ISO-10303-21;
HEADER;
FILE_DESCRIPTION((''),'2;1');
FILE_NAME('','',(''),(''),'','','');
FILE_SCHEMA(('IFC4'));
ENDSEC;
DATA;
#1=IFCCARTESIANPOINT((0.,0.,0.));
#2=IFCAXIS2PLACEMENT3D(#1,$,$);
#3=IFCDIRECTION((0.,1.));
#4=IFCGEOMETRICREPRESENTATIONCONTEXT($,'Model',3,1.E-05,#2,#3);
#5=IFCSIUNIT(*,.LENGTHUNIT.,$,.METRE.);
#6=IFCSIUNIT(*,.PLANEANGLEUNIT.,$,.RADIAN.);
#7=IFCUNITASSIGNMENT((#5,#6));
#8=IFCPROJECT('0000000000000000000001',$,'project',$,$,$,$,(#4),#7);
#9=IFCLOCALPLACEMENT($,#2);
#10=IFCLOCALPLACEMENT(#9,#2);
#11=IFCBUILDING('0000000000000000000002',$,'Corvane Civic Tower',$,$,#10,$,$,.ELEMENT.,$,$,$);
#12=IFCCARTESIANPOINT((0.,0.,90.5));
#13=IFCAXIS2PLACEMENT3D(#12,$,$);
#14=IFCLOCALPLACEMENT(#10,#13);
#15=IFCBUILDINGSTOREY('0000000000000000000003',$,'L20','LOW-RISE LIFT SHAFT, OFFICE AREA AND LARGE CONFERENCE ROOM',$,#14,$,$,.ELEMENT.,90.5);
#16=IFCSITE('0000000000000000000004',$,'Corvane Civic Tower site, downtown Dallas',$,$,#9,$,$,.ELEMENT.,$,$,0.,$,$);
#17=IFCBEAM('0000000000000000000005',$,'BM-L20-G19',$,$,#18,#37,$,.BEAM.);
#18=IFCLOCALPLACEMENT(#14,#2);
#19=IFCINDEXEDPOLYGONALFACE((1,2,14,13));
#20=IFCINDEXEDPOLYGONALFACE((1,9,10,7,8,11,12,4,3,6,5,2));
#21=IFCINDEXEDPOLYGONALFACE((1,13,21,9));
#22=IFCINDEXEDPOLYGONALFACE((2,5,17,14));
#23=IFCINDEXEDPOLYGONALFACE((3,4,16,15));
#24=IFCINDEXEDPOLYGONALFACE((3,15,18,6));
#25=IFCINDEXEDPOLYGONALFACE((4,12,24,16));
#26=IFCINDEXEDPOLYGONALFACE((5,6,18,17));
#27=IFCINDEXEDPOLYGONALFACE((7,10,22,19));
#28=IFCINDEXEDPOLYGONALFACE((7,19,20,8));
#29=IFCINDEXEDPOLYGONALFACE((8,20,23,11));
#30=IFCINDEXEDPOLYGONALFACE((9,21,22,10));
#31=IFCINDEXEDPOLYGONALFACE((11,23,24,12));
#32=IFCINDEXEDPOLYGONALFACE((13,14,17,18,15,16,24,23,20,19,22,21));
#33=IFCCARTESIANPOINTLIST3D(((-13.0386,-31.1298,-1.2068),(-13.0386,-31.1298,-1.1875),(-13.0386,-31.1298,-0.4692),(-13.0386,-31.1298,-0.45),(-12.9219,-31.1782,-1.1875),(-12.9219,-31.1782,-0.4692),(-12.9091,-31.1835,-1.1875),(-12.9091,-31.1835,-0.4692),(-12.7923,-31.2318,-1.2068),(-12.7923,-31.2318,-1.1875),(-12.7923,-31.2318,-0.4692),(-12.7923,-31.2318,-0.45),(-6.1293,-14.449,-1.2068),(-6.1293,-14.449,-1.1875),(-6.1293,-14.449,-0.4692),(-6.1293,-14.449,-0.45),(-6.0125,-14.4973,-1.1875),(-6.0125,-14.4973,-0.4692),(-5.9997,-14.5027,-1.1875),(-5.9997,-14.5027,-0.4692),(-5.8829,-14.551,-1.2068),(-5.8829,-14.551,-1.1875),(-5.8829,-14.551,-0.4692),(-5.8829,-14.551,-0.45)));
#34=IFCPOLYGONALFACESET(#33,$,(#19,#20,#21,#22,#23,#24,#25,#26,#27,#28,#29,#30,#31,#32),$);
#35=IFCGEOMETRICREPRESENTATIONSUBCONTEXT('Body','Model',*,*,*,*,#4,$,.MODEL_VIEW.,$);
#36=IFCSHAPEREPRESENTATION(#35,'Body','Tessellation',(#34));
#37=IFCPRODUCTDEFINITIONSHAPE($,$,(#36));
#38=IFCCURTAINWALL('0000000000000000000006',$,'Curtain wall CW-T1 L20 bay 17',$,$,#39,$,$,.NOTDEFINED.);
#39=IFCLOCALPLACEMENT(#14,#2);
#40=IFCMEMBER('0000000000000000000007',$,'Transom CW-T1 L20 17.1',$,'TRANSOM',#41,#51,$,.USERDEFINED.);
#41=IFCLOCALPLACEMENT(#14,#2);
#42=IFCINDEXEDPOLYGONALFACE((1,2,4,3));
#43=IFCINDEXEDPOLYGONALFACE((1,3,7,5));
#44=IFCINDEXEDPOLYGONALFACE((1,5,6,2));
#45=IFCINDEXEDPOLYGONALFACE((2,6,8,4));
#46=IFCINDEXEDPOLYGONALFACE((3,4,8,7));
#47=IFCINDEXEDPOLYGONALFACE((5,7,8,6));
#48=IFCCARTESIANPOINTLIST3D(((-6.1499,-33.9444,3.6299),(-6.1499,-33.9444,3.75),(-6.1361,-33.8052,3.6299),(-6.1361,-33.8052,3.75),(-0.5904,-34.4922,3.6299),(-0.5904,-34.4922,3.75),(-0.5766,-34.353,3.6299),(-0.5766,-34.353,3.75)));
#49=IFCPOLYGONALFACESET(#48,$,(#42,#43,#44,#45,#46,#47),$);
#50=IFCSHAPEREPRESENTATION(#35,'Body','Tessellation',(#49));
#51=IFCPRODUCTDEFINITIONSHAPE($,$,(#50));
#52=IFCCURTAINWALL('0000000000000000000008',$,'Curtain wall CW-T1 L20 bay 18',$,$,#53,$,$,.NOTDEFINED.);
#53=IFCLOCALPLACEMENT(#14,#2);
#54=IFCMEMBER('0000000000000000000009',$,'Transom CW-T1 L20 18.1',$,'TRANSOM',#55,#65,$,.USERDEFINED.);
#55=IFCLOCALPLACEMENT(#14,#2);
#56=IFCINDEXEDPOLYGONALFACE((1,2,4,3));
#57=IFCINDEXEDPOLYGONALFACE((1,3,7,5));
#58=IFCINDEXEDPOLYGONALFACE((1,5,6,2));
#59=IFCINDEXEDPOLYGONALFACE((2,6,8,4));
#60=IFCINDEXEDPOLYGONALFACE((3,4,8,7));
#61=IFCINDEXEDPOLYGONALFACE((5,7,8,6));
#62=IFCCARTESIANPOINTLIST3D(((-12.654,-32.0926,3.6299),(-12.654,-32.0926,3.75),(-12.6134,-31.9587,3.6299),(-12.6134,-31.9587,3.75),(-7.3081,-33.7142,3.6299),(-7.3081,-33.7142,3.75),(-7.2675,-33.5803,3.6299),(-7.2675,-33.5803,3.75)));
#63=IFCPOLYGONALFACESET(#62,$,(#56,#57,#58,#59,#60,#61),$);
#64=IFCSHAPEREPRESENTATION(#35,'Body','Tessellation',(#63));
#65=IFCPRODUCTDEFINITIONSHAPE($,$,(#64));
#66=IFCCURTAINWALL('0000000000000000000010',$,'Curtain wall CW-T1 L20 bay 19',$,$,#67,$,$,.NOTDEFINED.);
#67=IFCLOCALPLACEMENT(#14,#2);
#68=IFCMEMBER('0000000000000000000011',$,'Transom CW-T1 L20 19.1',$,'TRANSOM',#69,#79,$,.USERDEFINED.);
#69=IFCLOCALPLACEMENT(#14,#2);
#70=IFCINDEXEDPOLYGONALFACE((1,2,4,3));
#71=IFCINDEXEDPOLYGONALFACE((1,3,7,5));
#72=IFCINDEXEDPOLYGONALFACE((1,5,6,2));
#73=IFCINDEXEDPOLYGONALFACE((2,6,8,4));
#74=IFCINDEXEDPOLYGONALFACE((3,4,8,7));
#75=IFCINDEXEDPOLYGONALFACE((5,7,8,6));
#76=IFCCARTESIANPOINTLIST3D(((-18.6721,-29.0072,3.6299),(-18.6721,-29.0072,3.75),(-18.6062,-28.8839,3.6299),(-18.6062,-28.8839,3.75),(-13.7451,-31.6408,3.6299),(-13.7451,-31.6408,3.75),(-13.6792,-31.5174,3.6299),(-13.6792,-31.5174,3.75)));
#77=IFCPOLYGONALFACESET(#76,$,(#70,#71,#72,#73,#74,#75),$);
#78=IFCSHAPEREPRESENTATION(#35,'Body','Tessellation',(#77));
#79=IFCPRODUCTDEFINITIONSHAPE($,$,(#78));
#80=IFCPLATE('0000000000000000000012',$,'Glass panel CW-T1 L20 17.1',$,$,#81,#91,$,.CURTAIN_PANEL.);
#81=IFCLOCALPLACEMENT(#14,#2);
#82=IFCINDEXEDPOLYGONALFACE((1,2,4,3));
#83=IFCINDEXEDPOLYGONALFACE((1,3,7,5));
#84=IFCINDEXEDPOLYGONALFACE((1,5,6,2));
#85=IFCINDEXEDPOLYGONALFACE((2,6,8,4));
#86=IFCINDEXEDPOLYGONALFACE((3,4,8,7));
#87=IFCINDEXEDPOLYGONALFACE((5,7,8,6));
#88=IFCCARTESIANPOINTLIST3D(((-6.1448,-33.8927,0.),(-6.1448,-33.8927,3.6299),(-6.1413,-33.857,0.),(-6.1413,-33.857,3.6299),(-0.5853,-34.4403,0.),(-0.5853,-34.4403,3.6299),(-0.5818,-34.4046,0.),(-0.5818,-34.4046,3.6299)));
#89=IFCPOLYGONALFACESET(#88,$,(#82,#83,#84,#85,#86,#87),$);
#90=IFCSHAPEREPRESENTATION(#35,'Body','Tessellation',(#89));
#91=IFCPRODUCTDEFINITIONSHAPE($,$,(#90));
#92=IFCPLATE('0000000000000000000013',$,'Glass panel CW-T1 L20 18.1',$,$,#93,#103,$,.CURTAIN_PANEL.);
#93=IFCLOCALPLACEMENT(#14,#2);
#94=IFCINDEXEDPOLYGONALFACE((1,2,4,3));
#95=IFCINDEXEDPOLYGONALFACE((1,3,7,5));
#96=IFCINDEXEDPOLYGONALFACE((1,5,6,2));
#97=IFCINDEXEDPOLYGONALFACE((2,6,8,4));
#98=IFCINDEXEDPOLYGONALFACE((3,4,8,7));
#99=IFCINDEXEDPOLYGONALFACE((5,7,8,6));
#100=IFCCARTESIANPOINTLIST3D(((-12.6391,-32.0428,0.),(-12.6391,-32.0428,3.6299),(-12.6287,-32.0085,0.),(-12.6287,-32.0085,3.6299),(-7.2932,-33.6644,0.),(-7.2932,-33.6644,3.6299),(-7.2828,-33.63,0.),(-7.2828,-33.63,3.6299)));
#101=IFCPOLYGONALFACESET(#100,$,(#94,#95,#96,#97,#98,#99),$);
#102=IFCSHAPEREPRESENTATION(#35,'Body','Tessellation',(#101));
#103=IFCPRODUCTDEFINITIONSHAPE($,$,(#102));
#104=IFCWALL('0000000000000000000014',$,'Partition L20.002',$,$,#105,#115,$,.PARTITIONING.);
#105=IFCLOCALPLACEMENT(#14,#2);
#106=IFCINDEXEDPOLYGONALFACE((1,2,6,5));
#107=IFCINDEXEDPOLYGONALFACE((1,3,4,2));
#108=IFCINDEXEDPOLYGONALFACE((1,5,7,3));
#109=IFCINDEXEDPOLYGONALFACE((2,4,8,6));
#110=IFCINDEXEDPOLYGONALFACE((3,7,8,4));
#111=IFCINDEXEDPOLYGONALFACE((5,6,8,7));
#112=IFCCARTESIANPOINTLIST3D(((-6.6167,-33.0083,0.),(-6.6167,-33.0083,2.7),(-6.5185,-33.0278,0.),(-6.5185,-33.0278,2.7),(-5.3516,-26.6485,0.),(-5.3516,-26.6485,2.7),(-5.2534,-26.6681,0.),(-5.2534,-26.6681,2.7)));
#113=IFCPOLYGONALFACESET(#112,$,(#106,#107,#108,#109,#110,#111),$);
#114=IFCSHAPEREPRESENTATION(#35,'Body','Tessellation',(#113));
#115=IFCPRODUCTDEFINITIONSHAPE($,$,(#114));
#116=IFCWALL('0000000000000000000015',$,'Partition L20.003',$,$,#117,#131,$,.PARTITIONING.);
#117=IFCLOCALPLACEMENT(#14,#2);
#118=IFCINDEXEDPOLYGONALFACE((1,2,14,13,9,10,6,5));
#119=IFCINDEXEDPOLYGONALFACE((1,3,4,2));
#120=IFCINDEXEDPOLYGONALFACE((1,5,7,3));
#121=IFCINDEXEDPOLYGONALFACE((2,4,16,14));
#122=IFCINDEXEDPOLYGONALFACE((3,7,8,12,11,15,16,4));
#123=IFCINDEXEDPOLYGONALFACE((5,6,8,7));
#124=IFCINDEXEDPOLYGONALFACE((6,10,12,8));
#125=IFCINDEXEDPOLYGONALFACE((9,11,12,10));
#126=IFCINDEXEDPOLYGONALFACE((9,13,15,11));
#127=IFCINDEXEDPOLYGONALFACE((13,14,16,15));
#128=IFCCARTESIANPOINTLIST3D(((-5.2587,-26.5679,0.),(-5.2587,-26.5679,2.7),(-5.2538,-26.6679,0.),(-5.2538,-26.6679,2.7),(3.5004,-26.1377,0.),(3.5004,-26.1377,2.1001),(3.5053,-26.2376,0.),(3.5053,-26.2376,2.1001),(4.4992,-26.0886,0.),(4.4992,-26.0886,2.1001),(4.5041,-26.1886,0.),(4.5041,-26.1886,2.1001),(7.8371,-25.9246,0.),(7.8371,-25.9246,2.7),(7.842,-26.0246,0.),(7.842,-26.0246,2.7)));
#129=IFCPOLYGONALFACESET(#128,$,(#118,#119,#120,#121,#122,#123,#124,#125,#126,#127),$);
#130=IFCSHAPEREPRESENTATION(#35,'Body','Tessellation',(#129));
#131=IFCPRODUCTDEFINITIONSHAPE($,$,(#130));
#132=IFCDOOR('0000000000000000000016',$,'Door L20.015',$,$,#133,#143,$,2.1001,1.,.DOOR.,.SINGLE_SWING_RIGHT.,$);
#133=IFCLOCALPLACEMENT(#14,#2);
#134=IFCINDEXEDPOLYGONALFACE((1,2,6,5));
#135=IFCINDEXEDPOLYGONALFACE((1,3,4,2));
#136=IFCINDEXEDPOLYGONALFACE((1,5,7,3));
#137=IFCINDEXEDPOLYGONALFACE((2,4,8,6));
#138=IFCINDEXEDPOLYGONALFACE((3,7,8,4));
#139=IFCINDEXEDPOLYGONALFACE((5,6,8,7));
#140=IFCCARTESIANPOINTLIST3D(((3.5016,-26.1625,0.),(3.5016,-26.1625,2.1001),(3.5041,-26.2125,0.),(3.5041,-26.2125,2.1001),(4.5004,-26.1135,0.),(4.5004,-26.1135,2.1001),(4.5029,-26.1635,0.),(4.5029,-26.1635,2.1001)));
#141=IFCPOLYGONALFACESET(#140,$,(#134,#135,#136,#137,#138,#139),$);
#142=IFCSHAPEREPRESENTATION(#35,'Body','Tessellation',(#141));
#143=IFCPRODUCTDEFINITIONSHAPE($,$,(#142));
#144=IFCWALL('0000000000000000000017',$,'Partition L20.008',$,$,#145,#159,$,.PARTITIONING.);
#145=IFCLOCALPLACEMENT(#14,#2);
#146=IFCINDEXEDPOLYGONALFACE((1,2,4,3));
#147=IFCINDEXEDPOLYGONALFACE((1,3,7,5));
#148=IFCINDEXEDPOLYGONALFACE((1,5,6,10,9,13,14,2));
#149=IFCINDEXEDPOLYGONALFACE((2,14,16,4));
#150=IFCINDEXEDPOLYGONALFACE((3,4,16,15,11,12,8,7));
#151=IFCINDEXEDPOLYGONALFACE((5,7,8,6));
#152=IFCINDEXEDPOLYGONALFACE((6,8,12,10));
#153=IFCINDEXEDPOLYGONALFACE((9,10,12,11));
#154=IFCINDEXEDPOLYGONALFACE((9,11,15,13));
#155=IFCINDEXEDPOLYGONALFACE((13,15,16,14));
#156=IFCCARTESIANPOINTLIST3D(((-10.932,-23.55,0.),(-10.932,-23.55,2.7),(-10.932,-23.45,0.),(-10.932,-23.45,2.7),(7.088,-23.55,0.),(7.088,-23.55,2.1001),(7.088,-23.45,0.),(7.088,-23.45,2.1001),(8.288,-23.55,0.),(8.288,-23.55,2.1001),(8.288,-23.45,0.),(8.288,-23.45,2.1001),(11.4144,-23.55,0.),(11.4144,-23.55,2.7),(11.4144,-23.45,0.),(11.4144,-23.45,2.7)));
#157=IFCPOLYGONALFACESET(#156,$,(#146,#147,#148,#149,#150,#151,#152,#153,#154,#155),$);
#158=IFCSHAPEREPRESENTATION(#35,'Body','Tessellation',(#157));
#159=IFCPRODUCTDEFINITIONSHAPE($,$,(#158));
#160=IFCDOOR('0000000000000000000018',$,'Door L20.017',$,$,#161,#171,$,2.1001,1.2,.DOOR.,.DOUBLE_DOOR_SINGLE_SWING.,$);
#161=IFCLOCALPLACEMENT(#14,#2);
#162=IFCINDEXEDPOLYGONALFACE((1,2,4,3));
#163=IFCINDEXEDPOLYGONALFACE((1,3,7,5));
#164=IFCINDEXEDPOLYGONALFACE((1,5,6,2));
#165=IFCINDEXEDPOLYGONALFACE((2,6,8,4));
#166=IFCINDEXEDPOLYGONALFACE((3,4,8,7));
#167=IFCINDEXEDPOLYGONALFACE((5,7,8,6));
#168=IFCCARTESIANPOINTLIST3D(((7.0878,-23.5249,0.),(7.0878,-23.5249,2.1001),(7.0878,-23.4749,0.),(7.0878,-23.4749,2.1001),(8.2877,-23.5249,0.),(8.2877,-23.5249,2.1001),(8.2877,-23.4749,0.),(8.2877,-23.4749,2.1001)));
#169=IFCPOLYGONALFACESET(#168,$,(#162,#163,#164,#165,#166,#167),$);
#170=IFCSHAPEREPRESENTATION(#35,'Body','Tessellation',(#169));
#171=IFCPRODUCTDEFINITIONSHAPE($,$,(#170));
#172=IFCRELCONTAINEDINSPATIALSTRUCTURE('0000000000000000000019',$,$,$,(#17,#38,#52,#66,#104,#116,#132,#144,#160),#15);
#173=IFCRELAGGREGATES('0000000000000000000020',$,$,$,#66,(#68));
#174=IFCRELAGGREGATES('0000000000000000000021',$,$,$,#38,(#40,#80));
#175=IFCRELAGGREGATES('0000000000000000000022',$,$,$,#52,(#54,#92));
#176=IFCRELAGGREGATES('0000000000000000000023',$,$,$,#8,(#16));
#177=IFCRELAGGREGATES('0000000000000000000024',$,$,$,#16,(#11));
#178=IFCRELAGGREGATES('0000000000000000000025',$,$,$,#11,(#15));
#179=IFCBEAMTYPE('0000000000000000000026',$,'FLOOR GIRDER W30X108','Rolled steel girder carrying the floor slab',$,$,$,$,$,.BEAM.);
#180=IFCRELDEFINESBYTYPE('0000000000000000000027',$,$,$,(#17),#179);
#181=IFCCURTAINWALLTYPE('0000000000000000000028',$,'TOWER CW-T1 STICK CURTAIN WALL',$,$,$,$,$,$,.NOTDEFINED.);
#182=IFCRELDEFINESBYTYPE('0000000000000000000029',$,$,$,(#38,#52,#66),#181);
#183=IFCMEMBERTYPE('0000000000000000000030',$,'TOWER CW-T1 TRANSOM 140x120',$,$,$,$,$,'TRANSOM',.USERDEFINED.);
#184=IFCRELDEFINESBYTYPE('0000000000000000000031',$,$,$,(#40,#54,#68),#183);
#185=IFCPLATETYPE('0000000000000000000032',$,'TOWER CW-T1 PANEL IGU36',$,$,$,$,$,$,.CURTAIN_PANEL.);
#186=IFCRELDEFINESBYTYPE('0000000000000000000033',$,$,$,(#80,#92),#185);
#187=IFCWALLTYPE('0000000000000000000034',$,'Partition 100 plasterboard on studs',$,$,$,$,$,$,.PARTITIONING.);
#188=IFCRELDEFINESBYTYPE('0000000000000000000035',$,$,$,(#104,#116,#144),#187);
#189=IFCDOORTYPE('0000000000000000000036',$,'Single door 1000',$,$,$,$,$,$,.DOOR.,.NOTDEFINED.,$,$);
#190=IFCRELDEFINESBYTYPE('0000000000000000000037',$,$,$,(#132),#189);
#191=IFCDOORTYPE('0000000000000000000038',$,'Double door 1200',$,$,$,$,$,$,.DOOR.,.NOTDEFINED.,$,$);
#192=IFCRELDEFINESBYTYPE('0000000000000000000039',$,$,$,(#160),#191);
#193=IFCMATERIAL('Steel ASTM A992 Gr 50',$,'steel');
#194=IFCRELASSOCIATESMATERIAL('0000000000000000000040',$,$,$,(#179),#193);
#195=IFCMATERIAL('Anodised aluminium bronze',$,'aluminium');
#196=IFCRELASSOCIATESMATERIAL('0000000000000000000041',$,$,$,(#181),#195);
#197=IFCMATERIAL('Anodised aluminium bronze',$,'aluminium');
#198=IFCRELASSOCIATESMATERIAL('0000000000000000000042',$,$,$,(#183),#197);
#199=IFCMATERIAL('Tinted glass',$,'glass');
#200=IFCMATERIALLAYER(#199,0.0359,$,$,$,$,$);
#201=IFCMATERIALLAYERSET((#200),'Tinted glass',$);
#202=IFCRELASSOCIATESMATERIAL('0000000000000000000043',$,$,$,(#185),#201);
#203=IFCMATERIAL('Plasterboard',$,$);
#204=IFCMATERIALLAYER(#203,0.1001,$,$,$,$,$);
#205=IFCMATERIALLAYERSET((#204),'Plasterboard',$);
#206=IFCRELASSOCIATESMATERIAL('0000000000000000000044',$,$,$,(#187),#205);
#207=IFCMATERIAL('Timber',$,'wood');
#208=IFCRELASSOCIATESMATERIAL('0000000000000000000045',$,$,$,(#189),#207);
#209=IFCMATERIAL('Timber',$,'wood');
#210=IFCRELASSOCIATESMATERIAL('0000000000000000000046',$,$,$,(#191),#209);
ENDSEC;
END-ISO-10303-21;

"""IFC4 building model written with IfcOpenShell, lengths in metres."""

from ifc_helpers import new_model, si_unit, direction, frame, frame_2d, origin, origin_2d, place, context, subcontext, project, spatial, rectangle, i_section, extrude, material, layer, layer_set, material_profile, profile_set, type_object, element, fill, aggregate, save


model = new_model("IFC4")

# Units and contexts
model_context = context("Model", 3, precision=1e-05, world=origin(), true_north=direction((0.0, 1.0)))
body_context = subcontext(model_context, "Body", "Model", "MODEL_VIEW")
ifc_project = project(units=[si_unit("LENGTHUNIT", "METRE"), si_unit("PLANEANGLEUNIT", "RADIAN")], contexts=[model_context])

# Site, building, storey
site_placement = place(None, origin())
site = spatial("IfcSite", under=ifc_project, at=site_placement, Name="Corvane Civic Tower site, downtown Dallas", CompositionType="ELEMENT", RefElevation=0.0)
building_placement = place(site_placement, origin())
building = spatial("IfcBuilding", under=site, at=building_placement, Name="Corvane Civic Tower", CompositionType="ELEMENT")
storey_placement = place(building_placement, frame((0.0, 0.0, 90.5)))
storey = spatial("IfcBuildingStorey", under=building, at=storey_placement, Name="L20", Description="LOW-RISE LIFT SHAFT, OFFICE AREA AND LARGE CONFERENCE ROOM", CompositionType="ELEMENT", Elevation=90.5)

# Beam
ifc_material_1 = material(Name="Steel ASTM A992 Gr 50", Category="steel")
ifc_material_profile_1 = material_profile(ifc_material_1, i_section(OverallWidth=0.2666, OverallDepth=0.7568, WebThickness=0.0139, FlangeThickness=0.0193, at=origin_2d()), Name="W30X108")
ifc_profile_set_1 = profile_set([ifc_material_profile_1], Name="Steel ASTM A992 Gr 50")
beam_type_1 = type_object("IfcBeamType", Name="FLOOR GIRDER W30X108", Description="Rolled steel girder carrying the floor slab", PredefinedType="BEAM", material=ifc_profile_set_1)
beam_1_placement = place(storey_placement, frame((-6.0061, -14.5, -0.8284), z_axis=(-0.382682, -0.92388, 0.0), x_axis=(0.92388, -0.382682, 0.0)))
element("IfcBeam", 1, at=beam_1_placement, inside=storey, type_object=beam_type_1, Name="BM-L20-G19", PredefinedType="BEAM", context=body_context, shape_type="SweptSolid", body=[
    extrude(i_section(OverallWidth=0.2666, OverallDepth=0.7568, WebThickness=0.0139, FlangeThickness=0.0193, at=origin_2d()), origin(), (0.0, 0.0, 1.0), 18.0552),
])

# Curtain walls, members
ifc_material_2 = material(Name="Anodised aluminium bronze", Category="aluminium")
curtain_wall_type = type_object("IfcCurtainWallType", Name="TOWER CW-T1 STICK CURTAIN WALL", PredefinedType="NOTDEFINED", material=ifc_material_2)
curtain_wall_1_placement = place(storey_placement, origin())
curtain_wall_1 = element("IfcCurtainWall", 2, at=curtain_wall_1_placement, inside=storey, type_object=curtain_wall_type, Name="Curtain wall CW-T1 L20 bay 17", PredefinedType="NOTDEFINED")
ifc_material_3 = material(Name="Anodised aluminium bronze", Category="aluminium")
ifc_material_profile_2 = material_profile(ifc_material_3, rectangle(XDim=0.1399, YDim=0.1201, at=origin_2d()), Name="TOWER CW-T1 TRANSOM 140x120")
ifc_profile_set_2 = profile_set([ifc_material_profile_2], Name="Anodised aluminium bronze")
member_type = type_object("IfcMemberType", Name="TOWER CW-T1 TRANSOM 140x120", ElementType="TRANSOM", PredefinedType="USERDEFINED", material=ifc_profile_set_2)
member_1_placement = place(storey_placement, frame((-0.5835, -34.4226, 3.6899), z_axis=(-0.99518, 0.098067, 0.0), x_axis=(-0.098067, -0.99518, 0.0)))
member_1 = element("IfcMember", 3, at=member_1_placement, type_object=member_type, Name="Transom CW-T1 L20 17.1", ObjectType="TRANSOM", PredefinedType="USERDEFINED", context=body_context, shape_type="SweptSolid", body=[
    extrude(rectangle(XDim=0.1399, YDim=0.1201, at=origin_2d()), origin(), (0.0, 0.0, 1.0), 5.5864),
])
curtain_wall_2_placement = place(storey_placement, origin())
curtain_wall_2 = element("IfcCurtainWall", 4, at=curtain_wall_2_placement, inside=storey, type_object=curtain_wall_type, Name="Curtain wall CW-T1 L20 bay 18", PredefinedType="NOTDEFINED")
member_2_placement = place(storey_placement, frame((-7.2878, -33.6472, 3.6899), z_axis=(-0.956945, 0.290269, 0.0), x_axis=(-0.290269, -0.956945, 0.0)))
member_2 = element("IfcMember", 5, at=member_2_placement, type_object=member_type, Name="Transom CW-T1 L20 18.1", ObjectType="TRANSOM", PredefinedType="USERDEFINED", context=body_context, shape_type="SweptSolid", body=[
    extrude(rectangle(XDim=0.1399, YDim=0.1201, at=origin_2d()), origin(), (0.0, 0.0, 1.0), 5.5864),
])
curtain_wall_3_placement = place(storey_placement, origin())
curtain_wall_3 = element("IfcCurtainWall", 6, at=curtain_wall_3_placement, inside=storey, type_object=curtain_wall_type, Name="Curtain wall CW-T1 L20 bay 19", PredefinedType="NOTDEFINED")
member_3_placement = place(storey_placement, frame((-13.7122, -31.5791, 3.6899), z_axis=(-0.881921, 0.471398, 0.0), x_axis=(-0.471398, -0.881921, 0.0)))
member_3 = element("IfcMember", 7, at=member_3_placement, type_object=member_type, Name="Transom CW-T1 L20 19.1", ObjectType="TRANSOM", PredefinedType="USERDEFINED", context=body_context, shape_type="SweptSolid", body=[
    extrude(rectangle(XDim=0.1399, YDim=0.1201, at=origin_2d()), origin(), (0.0, 0.0, 1.0), 5.5867),
])
aggregate(curtain_wall_3, [member_3])

# Plates
ifc_material_4 = material(Name="Tinted glass", Category="glass")
ifc_layer_1 = layer(ifc_material_4, 0.0359)
ifc_layer_set_1 = layer_set([ifc_layer_1], Name="Tinted glass")
plate_type = type_object("IfcPlateType", Name="TOWER CW-T1 PANEL IGU36", PredefinedType="CURTAIN_PANEL", material=ifc_layer_set_1)
plate_1_placement = place(storey_placement, frame((-3.3633, -34.1487, 0.0), z_axis=(0.0, 0.0, 1.0), x_axis=(-0.995184, 0.098027, 0.0)))
plate_1 = element("IfcPlate", 8, at=plate_1_placement, type_object=plate_type, Name="Glass panel CW-T1 L20 17.1", PredefinedType="CURTAIN_PANEL", context=body_context, shape_type="SweptSolid", body=[
    extrude(rectangle(XDim=5.5864, YDim=0.0359, at=origin_2d()), origin(), (0.0, 0.0, 1.0), 3.6299),
])
aggregate(curtain_wall_1, [member_1, plate_1])
plate_2_placement = place(storey_placement, frame((-9.9609, -32.8364, 0.0), z_axis=(0.0, 0.0, 1.0), x_axis=(-0.956946, 0.290266, 0.0)))
plate_2 = element("IfcPlate", 9, at=plate_2_placement, type_object=plate_type, Name="Glass panel CW-T1 L20 18.1", PredefinedType="CURTAIN_PANEL", context=body_context, shape_type="SweptSolid", body=[
    extrude(rectangle(XDim=5.5864, YDim=0.0359, at=origin_2d()), origin(), (0.0, 0.0, 1.0), 3.6299),
])
aggregate(curtain_wall_2, [member_2, plate_2])

# Wall
ifc_material_5 = material(Name="Plasterboard")
ifc_layer_2 = layer(ifc_material_5, 0.1001)
ifc_layer_set_2 = layer_set([ifc_layer_2], Name="Plasterboard")
wall_type = type_object("IfcWallType", Name="Partition 100 plasterboard on studs", PredefinedType="PARTITIONING", material=ifc_layer_set_2)
wall_1_placement = place(storey_placement, frame((-6.5676, -33.0181, 0.0), z_axis=(0.0, 0.0, 1.0), x_axis=(0.195102, 0.980783, 0.0)))
element("IfcWall", 10, at=wall_1_placement, inside=storey, type_object=wall_type, Name="Partition L20.002", PredefinedType="PARTITIONING", context=body_context, shape_type="SweptSolid", body=[
    extrude(rectangle(XDim=6.4844, YDim=0.1001, at=frame_2d((3.2422, 0.0))), origin(), (0.0, 0.0, 1.0), 2.7),
])

# Walls, openings, doors
wall_2_placement = place(storey_placement, frame((-5.2561, -26.6179, 0.0), z_axis=(0.0, 0.0, 1.0), x_axis=(0.998796, 0.049065, 0.0)))
wall_2 = element("IfcWall", 11, at=wall_2_placement, inside=storey, type_object=wall_type, Name="Partition L20.003", PredefinedType="PARTITIONING", context=body_context, shape_type="SweptSolid", body=[
    extrude(rectangle(XDim=13.1116, YDim=0.1001, at=frame_2d((6.5557, 0.0))), origin(), (0.0, 0.0, 1.0), 2.7),
])
opening_1_placement = place(wall_2_placement, frame((8.7695, 0.0, 0.0)))
opening_1 = element("IfcOpeningElement", 12, at=opening_1_placement, cuts=wall_2, PredefinedType="OPENING", context=body_context, shape_type="SweptSolid", body=[
    extrude(rectangle(XDim=1.0, YDim=2.1001, at=frame_2d((0.5, 1.05))), frame((0.0, 0.0601, 0.0), z_axis=(0.0, -1.0, 0.0), x_axis=(1.0, 0.0, 0.0)), (0.0, 0.0, 1.0), 0.1201),
])
ifc_material_6 = material(Name="Timber", Category="wood")
door_type_1 = type_object("IfcDoorType", Name="Single door 1000", OperationType="NOTDEFINED", PredefinedType="DOOR", material=ifc_material_6)
door_1_placement = place(opening_1_placement, frame((1.0, 0.0, 0.0), z_axis=(0.0, 0.0, 1.0), x_axis=(-1.0, 0.0, 0.0)))
door_1 = element("IfcDoor", 13, at=door_1_placement, inside=storey, type_object=door_type_1, Name="Door L20.015", OperationType="SINGLE_SWING_RIGHT", OverallHeight=2.1001, OverallWidth=1.0, PredefinedType="DOOR", context=body_context, shape_type="SweptSolid", body=[
    extrude(rectangle(XDim=1.0, YDim=2.1001, at=frame_2d((0.5, 1.05))), frame((0.0, 0.0249, 0.0), z_axis=(0.0, -1.0, 0.0), x_axis=(1.0, 0.0, 0.0)), (0.0, 0.0, 1.0), 0.05),
])
fill(opening_1, door_1)
wall_3_placement = place(storey_placement, frame((-10.9321, -23.5, 0.0), z_axis=(0.0, 0.0, 1.0), x_axis=(1.0, 0.0, 0.0)))
wall_3 = element("IfcWall", 14, at=wall_3_placement, inside=storey, type_object=wall_type, Name="Partition L20.008", PredefinedType="PARTITIONING", context=body_context, shape_type="SweptSolid", body=[
    extrude(rectangle(XDim=22.3464, YDim=0.1001, at=frame_2d((11.1733, 0.0))), origin(), (0.0, 0.0, 1.0), 2.7),
])
opening_2_placement = place(wall_3_placement, frame((18.02, 0.0, 0.0)))
opening_2 = element("IfcOpeningElement", 15, at=opening_2_placement, cuts=wall_3, PredefinedType="OPENING", context=body_context, shape_type="SweptSolid", body=[
    extrude(rectangle(XDim=1.2, YDim=2.1001, at=frame_2d((0.6001, 1.05))), frame((0.0, 0.0601, 0.0), z_axis=(0.0, -1.0, 0.0), x_axis=(1.0, 0.0, 0.0)), (0.0, 0.0, 1.0), 0.1201),
])
ifc_material_7 = material(Name="Timber", Category="wood")
door_type_2 = type_object("IfcDoorType", Name="Double door 1200", OperationType="NOTDEFINED", PredefinedType="DOOR", material=ifc_material_7)
door_2_placement = place(opening_2_placement, frame((1.2, 0.0, 0.0), z_axis=(0.0, 0.0, 1.0), x_axis=(-1.0, 0.0, 0.0)))
door_2 = element("IfcDoor", 16, at=door_2_placement, inside=storey, type_object=door_type_2, Name="Door L20.017", OperationType="DOUBLE_DOOR_SINGLE_SWING", OverallHeight=2.1001, OverallWidth=1.2, PredefinedType="DOOR", context=body_context, shape_type="SweptSolid", body=[
    extrude(rectangle(XDim=1.2, YDim=2.1001, at=frame_2d((0.6001, 1.05))), frame((0.0, 0.0249, 0.0), z_axis=(0.0, -1.0, 0.0), x_axis=(1.0, 0.0, 0.0)), (0.0, 0.0, 1.0), 0.05),
])
fill(opening_2, door_2)

save(model, "model.ifc")
